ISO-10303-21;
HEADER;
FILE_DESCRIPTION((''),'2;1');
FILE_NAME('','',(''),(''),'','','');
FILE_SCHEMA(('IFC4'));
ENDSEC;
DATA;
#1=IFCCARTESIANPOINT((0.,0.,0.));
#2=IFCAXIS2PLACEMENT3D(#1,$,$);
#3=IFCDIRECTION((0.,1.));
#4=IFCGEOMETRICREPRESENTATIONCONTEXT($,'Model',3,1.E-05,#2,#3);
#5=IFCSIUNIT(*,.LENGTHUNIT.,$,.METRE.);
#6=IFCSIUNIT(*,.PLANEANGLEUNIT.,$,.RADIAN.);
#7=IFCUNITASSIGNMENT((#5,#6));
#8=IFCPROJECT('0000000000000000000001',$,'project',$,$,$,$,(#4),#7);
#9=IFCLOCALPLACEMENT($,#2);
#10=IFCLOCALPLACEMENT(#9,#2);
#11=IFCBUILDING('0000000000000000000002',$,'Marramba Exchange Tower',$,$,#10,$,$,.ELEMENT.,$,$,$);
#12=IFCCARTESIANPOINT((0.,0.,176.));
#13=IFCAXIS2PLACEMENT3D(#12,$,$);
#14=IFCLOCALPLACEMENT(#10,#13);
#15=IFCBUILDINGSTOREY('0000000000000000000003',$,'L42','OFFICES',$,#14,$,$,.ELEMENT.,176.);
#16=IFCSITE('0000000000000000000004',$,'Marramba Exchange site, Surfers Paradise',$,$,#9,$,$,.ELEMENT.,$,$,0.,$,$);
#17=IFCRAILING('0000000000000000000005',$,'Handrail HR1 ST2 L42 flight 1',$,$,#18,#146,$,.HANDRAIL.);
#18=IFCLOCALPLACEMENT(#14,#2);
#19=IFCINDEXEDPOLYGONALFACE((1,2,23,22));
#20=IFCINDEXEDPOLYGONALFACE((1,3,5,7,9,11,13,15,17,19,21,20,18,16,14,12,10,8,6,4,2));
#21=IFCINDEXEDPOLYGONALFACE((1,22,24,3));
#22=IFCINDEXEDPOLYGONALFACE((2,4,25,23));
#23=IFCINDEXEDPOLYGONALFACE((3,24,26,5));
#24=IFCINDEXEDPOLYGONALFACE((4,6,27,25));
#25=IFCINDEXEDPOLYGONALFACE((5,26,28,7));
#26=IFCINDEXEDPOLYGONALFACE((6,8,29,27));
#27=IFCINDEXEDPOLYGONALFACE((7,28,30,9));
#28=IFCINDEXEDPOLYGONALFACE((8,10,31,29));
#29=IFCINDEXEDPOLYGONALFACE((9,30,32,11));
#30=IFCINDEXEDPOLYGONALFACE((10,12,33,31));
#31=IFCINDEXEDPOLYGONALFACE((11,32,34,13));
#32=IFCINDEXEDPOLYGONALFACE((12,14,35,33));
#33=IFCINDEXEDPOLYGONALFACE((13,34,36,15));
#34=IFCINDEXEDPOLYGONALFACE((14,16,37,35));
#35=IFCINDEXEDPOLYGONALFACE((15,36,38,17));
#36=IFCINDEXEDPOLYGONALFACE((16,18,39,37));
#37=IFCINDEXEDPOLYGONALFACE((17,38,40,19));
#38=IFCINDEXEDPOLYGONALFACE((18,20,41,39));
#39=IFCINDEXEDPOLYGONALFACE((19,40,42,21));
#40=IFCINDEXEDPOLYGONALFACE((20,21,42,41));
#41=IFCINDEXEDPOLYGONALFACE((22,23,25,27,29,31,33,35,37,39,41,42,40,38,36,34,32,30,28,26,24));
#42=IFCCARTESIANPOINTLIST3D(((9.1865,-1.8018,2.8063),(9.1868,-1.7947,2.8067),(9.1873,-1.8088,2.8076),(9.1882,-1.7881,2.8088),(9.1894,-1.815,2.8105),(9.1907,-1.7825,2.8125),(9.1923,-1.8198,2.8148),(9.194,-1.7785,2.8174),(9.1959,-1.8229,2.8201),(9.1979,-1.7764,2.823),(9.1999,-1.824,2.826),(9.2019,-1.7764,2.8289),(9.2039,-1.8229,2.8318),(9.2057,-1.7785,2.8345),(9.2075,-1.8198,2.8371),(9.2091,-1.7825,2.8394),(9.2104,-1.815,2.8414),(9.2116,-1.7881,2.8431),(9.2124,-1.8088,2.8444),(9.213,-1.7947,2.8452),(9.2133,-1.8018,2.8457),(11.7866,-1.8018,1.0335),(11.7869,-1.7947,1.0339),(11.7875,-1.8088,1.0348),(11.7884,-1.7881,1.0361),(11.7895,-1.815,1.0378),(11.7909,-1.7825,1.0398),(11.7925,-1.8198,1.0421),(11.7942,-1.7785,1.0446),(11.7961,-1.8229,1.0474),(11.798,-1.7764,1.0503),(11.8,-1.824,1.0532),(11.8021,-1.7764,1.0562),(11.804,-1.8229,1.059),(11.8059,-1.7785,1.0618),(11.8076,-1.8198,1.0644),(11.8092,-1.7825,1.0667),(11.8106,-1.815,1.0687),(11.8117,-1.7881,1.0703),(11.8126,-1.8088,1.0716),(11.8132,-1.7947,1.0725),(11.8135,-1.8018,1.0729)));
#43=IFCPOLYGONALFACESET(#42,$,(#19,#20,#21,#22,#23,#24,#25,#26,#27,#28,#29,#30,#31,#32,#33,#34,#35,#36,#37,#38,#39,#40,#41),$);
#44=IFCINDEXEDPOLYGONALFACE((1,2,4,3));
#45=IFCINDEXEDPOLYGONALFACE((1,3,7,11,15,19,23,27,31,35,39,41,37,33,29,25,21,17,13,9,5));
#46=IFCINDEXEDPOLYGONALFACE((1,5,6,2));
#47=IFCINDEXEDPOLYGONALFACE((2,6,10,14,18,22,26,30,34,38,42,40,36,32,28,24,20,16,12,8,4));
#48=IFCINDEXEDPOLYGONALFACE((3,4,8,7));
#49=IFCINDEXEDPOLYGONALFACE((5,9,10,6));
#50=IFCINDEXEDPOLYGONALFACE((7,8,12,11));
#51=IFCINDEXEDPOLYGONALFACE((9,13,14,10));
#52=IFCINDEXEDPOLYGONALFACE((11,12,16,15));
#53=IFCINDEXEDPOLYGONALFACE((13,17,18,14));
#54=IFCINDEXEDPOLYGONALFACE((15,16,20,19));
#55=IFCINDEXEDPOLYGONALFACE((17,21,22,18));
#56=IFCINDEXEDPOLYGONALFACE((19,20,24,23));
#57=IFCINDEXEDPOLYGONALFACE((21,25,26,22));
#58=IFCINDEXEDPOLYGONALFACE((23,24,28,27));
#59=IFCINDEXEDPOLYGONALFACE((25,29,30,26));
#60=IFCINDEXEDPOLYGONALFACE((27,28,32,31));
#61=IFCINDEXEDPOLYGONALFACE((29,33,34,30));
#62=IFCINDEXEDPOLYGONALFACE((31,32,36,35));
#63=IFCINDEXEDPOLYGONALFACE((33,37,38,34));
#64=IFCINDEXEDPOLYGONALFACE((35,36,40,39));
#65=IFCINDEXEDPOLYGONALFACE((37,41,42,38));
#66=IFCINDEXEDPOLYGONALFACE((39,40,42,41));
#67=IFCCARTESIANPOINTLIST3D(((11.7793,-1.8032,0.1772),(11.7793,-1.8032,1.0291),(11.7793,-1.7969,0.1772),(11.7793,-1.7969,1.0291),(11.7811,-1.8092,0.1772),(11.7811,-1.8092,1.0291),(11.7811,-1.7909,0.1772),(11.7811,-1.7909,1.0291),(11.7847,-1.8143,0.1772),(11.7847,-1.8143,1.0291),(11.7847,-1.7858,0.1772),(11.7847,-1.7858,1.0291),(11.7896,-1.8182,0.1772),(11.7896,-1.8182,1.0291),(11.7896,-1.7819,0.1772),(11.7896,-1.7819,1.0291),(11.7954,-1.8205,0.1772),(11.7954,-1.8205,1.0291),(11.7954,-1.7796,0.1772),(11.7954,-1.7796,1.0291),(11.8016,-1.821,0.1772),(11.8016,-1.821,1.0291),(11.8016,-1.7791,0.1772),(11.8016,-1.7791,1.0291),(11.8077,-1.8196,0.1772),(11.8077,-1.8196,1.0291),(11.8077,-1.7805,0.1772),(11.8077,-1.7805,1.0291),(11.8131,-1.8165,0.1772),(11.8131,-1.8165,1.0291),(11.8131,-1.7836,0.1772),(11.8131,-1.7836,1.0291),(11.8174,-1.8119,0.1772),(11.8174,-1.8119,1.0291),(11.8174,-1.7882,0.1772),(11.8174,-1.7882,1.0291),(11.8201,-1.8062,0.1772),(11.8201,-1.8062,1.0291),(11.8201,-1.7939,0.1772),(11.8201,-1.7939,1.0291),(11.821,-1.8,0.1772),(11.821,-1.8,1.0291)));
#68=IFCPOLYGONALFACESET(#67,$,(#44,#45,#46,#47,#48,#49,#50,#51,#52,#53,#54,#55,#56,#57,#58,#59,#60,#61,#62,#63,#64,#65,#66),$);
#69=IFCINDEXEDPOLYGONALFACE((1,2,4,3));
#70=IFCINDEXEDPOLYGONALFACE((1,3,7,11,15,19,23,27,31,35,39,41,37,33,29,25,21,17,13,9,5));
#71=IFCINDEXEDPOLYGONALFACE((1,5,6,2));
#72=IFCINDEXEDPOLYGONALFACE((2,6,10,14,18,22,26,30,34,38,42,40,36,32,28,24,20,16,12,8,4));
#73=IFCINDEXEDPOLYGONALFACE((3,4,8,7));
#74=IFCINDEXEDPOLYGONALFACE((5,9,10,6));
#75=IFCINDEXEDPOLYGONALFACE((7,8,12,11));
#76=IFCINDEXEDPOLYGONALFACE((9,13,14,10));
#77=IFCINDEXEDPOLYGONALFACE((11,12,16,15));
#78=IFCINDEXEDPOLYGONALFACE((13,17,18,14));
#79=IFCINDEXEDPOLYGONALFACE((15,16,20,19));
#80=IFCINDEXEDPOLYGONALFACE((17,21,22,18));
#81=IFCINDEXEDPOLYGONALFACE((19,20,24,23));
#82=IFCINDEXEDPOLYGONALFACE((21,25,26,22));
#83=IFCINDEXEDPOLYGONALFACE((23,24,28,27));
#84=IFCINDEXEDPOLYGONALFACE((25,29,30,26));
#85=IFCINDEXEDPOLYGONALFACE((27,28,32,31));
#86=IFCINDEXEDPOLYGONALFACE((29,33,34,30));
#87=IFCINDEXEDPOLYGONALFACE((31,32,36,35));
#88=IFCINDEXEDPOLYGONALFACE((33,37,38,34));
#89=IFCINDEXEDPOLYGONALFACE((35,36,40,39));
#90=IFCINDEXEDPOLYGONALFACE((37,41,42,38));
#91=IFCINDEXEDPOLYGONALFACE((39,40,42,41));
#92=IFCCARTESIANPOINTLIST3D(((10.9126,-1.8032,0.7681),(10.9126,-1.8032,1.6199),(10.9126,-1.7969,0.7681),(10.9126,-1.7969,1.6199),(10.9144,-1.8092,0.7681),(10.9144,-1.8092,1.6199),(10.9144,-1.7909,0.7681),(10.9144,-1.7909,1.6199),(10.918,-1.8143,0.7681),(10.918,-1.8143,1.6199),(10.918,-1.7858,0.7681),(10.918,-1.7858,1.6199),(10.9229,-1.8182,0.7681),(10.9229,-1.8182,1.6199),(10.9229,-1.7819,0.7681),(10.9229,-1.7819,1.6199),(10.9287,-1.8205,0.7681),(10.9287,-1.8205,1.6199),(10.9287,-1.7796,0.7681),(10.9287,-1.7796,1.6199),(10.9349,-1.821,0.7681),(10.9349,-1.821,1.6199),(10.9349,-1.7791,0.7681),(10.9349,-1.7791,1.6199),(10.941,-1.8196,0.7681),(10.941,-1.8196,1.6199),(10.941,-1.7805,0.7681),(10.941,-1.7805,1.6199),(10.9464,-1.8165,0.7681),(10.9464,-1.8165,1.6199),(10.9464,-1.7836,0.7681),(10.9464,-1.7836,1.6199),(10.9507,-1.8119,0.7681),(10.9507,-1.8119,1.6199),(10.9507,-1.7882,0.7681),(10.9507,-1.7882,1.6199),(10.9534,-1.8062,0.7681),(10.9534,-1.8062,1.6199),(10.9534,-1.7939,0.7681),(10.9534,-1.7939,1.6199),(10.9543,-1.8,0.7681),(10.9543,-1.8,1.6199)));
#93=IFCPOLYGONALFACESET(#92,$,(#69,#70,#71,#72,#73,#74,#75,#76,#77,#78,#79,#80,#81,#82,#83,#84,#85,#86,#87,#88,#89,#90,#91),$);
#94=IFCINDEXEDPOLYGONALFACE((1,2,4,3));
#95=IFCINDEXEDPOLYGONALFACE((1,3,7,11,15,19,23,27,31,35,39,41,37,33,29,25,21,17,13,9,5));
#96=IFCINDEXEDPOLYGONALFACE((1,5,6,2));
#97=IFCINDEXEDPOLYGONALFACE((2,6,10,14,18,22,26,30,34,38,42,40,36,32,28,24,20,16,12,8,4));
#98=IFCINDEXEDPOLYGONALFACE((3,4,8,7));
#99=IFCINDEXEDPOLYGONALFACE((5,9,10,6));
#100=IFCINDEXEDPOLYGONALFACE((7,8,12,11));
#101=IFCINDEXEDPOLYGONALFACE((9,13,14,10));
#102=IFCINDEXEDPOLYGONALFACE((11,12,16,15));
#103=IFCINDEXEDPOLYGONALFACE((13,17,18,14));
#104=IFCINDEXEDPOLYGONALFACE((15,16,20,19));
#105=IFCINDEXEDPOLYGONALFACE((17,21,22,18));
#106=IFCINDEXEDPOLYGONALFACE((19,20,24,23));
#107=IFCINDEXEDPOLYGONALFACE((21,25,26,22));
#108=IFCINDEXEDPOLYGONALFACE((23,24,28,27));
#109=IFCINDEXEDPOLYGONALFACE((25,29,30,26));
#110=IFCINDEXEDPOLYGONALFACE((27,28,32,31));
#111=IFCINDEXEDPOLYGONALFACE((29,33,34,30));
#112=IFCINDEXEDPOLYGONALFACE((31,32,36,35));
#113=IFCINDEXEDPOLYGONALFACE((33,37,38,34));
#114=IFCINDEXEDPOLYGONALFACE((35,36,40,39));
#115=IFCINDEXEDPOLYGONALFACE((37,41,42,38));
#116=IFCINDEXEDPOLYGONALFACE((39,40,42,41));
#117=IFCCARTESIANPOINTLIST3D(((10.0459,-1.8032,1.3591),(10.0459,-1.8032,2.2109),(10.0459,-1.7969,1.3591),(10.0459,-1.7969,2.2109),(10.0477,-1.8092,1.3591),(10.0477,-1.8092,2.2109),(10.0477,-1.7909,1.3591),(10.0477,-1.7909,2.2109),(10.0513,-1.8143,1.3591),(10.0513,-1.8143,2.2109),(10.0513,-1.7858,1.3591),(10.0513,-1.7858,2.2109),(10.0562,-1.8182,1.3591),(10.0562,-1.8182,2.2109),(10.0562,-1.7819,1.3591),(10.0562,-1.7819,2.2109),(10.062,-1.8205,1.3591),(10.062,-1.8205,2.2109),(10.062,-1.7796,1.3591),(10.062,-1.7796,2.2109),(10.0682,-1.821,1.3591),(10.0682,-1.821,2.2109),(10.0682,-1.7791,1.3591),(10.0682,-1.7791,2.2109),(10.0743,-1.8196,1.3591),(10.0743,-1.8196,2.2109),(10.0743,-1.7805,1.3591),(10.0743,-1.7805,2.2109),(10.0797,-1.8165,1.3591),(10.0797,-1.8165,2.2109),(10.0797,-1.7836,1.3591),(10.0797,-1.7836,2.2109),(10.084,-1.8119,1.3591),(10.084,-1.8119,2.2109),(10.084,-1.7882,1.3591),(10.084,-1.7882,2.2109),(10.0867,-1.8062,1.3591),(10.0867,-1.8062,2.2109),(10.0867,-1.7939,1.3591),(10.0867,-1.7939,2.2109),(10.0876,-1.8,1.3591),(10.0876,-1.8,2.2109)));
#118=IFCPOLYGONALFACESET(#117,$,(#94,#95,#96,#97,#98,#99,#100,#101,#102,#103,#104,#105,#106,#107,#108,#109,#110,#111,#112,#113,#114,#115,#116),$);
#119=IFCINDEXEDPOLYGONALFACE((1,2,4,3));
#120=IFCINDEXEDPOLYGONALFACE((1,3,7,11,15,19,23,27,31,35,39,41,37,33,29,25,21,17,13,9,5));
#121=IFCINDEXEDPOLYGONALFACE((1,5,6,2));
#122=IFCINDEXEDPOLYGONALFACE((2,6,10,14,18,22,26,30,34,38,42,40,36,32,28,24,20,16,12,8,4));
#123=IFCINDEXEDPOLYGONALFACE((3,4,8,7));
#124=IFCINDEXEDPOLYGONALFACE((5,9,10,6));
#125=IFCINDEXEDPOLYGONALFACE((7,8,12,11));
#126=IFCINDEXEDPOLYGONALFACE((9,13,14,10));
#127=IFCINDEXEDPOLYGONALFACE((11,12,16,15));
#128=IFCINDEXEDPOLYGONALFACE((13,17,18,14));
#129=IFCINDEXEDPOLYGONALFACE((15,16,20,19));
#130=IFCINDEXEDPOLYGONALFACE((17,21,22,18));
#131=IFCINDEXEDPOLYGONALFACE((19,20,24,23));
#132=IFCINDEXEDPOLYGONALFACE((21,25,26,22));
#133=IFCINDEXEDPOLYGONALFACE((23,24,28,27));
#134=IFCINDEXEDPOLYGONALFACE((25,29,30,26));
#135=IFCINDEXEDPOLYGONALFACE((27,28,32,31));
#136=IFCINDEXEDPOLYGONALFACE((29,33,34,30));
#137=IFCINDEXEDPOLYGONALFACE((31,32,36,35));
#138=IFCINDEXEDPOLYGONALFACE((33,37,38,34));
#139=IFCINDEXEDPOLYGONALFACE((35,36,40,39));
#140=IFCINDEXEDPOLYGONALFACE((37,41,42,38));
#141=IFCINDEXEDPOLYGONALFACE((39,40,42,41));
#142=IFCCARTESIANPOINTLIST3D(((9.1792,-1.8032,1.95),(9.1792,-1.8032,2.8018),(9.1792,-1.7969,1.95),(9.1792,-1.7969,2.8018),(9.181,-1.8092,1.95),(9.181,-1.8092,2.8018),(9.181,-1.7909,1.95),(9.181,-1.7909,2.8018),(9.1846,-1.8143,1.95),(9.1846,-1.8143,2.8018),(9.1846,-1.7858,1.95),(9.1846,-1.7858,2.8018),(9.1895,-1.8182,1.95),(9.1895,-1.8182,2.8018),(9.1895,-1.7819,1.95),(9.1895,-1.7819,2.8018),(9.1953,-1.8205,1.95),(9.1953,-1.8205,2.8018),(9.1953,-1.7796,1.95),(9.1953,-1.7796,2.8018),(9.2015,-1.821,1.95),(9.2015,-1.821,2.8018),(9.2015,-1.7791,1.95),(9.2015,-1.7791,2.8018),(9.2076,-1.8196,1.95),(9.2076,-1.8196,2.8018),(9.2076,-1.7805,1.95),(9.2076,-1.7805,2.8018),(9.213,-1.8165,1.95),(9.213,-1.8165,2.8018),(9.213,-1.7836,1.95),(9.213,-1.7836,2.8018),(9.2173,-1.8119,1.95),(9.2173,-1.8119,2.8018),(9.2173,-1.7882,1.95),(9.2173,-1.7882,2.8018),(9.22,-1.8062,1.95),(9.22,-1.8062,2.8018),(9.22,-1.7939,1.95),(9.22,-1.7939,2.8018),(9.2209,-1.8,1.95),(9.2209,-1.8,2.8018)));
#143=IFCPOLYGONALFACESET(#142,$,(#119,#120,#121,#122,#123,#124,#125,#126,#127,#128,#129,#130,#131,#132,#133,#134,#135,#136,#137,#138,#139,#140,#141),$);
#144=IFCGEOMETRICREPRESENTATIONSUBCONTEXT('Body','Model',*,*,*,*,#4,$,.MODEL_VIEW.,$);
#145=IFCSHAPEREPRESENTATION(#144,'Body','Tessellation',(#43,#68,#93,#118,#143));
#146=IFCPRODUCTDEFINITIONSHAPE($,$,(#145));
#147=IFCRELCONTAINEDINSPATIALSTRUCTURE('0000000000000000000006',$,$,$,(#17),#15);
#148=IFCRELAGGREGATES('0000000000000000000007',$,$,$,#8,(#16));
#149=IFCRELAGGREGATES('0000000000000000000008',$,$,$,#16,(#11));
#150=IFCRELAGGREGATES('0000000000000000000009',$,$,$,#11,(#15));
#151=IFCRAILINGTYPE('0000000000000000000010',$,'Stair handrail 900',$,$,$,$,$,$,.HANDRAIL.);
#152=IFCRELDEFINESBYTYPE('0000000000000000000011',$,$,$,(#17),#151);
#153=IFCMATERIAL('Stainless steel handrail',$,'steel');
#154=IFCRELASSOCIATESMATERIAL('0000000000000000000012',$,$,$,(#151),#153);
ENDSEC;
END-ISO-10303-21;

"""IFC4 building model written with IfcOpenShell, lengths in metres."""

from ifc_helpers import new_model, si_unit, direction, frame, origin, origin_2d, place, context, subcontext, project, spatial, circle, extrude, material, type_object, element, save


model = new_model("IFC4")

# Units and contexts
model_context = context("Model", 3, precision=1e-05, world=origin(), true_north=direction((0.0, 1.0)))
body_context = subcontext(model_context, "Body", "Model", "MODEL_VIEW")
ifc_project = project(units=[si_unit("LENGTHUNIT", "METRE"), si_unit("PLANEANGLEUNIT", "RADIAN")], contexts=[model_context])

# Site, building, storey
site_placement = place(None, origin())
site = spatial("IfcSite", under=ifc_project, at=site_placement, Name="Marramba Exchange site, Surfers Paradise", CompositionType="ELEMENT", RefElevation=0.0)
building_placement = place(site_placement, origin())
building = spatial("IfcBuilding", under=site, at=building_placement, Name="Marramba Exchange Tower", CompositionType="ELEMENT")
storey_placement = place(building_placement, frame((0.0, 0.0, 176.0)))
storey = spatial("IfcBuildingStorey", under=building, at=storey_placement, Name="L42", Description="OFFICES", CompositionType="ELEMENT", Elevation=176.0)

# Railing
ifc_material_1 = material(Name="Stainless steel handrail", Category="steel")
railing_type = type_object("IfcRailingType", Name="Stair handrail 900", PredefinedType="HANDRAIL", material=ifc_material_1)
railing_placement = place(storey_placement, frame((11.8, -1.8, 0.1772)))
element("IfcRailing", 1, at=railing_placement, inside=storey, type_object=railing_type, Name="Handrail HR1 ST2 L42 flight 1", PredefinedType="HANDRAIL", context=body_context, shape_type="SweptSolid", body=[
    extrude(circle(Radius=0.0239, at=origin_2d()), frame((0.0, 0.0, 0.876), z_axis=(-0.82624, 0.0, 0.563318), x_axis=(0.0, -1.0, 0.0)), (0.0, 0.0, 1.0), 3.147),
    extrude(circle(Radius=0.021, at=origin_2d()), origin(), (0.0, 0.0, 1.0), 0.8518),
    extrude(circle(Radius=0.021, at=origin_2d()), frame((-0.8667, 0.0, 0.5908)), (0.0, 0.0, 1.0), 0.8518),
    extrude(circle(Radius=0.021, at=origin_2d()), frame((-1.7334, 0.0, 1.1819)), (0.0, 0.0, 1.0), 0.8518),
    extrude(circle(Radius=0.021, at=origin_2d()), frame((-2.6001, 0.0, 1.7727)), (0.0, 0.0, 1.0), 0.8518),
])

save(model, "model.ifc")
